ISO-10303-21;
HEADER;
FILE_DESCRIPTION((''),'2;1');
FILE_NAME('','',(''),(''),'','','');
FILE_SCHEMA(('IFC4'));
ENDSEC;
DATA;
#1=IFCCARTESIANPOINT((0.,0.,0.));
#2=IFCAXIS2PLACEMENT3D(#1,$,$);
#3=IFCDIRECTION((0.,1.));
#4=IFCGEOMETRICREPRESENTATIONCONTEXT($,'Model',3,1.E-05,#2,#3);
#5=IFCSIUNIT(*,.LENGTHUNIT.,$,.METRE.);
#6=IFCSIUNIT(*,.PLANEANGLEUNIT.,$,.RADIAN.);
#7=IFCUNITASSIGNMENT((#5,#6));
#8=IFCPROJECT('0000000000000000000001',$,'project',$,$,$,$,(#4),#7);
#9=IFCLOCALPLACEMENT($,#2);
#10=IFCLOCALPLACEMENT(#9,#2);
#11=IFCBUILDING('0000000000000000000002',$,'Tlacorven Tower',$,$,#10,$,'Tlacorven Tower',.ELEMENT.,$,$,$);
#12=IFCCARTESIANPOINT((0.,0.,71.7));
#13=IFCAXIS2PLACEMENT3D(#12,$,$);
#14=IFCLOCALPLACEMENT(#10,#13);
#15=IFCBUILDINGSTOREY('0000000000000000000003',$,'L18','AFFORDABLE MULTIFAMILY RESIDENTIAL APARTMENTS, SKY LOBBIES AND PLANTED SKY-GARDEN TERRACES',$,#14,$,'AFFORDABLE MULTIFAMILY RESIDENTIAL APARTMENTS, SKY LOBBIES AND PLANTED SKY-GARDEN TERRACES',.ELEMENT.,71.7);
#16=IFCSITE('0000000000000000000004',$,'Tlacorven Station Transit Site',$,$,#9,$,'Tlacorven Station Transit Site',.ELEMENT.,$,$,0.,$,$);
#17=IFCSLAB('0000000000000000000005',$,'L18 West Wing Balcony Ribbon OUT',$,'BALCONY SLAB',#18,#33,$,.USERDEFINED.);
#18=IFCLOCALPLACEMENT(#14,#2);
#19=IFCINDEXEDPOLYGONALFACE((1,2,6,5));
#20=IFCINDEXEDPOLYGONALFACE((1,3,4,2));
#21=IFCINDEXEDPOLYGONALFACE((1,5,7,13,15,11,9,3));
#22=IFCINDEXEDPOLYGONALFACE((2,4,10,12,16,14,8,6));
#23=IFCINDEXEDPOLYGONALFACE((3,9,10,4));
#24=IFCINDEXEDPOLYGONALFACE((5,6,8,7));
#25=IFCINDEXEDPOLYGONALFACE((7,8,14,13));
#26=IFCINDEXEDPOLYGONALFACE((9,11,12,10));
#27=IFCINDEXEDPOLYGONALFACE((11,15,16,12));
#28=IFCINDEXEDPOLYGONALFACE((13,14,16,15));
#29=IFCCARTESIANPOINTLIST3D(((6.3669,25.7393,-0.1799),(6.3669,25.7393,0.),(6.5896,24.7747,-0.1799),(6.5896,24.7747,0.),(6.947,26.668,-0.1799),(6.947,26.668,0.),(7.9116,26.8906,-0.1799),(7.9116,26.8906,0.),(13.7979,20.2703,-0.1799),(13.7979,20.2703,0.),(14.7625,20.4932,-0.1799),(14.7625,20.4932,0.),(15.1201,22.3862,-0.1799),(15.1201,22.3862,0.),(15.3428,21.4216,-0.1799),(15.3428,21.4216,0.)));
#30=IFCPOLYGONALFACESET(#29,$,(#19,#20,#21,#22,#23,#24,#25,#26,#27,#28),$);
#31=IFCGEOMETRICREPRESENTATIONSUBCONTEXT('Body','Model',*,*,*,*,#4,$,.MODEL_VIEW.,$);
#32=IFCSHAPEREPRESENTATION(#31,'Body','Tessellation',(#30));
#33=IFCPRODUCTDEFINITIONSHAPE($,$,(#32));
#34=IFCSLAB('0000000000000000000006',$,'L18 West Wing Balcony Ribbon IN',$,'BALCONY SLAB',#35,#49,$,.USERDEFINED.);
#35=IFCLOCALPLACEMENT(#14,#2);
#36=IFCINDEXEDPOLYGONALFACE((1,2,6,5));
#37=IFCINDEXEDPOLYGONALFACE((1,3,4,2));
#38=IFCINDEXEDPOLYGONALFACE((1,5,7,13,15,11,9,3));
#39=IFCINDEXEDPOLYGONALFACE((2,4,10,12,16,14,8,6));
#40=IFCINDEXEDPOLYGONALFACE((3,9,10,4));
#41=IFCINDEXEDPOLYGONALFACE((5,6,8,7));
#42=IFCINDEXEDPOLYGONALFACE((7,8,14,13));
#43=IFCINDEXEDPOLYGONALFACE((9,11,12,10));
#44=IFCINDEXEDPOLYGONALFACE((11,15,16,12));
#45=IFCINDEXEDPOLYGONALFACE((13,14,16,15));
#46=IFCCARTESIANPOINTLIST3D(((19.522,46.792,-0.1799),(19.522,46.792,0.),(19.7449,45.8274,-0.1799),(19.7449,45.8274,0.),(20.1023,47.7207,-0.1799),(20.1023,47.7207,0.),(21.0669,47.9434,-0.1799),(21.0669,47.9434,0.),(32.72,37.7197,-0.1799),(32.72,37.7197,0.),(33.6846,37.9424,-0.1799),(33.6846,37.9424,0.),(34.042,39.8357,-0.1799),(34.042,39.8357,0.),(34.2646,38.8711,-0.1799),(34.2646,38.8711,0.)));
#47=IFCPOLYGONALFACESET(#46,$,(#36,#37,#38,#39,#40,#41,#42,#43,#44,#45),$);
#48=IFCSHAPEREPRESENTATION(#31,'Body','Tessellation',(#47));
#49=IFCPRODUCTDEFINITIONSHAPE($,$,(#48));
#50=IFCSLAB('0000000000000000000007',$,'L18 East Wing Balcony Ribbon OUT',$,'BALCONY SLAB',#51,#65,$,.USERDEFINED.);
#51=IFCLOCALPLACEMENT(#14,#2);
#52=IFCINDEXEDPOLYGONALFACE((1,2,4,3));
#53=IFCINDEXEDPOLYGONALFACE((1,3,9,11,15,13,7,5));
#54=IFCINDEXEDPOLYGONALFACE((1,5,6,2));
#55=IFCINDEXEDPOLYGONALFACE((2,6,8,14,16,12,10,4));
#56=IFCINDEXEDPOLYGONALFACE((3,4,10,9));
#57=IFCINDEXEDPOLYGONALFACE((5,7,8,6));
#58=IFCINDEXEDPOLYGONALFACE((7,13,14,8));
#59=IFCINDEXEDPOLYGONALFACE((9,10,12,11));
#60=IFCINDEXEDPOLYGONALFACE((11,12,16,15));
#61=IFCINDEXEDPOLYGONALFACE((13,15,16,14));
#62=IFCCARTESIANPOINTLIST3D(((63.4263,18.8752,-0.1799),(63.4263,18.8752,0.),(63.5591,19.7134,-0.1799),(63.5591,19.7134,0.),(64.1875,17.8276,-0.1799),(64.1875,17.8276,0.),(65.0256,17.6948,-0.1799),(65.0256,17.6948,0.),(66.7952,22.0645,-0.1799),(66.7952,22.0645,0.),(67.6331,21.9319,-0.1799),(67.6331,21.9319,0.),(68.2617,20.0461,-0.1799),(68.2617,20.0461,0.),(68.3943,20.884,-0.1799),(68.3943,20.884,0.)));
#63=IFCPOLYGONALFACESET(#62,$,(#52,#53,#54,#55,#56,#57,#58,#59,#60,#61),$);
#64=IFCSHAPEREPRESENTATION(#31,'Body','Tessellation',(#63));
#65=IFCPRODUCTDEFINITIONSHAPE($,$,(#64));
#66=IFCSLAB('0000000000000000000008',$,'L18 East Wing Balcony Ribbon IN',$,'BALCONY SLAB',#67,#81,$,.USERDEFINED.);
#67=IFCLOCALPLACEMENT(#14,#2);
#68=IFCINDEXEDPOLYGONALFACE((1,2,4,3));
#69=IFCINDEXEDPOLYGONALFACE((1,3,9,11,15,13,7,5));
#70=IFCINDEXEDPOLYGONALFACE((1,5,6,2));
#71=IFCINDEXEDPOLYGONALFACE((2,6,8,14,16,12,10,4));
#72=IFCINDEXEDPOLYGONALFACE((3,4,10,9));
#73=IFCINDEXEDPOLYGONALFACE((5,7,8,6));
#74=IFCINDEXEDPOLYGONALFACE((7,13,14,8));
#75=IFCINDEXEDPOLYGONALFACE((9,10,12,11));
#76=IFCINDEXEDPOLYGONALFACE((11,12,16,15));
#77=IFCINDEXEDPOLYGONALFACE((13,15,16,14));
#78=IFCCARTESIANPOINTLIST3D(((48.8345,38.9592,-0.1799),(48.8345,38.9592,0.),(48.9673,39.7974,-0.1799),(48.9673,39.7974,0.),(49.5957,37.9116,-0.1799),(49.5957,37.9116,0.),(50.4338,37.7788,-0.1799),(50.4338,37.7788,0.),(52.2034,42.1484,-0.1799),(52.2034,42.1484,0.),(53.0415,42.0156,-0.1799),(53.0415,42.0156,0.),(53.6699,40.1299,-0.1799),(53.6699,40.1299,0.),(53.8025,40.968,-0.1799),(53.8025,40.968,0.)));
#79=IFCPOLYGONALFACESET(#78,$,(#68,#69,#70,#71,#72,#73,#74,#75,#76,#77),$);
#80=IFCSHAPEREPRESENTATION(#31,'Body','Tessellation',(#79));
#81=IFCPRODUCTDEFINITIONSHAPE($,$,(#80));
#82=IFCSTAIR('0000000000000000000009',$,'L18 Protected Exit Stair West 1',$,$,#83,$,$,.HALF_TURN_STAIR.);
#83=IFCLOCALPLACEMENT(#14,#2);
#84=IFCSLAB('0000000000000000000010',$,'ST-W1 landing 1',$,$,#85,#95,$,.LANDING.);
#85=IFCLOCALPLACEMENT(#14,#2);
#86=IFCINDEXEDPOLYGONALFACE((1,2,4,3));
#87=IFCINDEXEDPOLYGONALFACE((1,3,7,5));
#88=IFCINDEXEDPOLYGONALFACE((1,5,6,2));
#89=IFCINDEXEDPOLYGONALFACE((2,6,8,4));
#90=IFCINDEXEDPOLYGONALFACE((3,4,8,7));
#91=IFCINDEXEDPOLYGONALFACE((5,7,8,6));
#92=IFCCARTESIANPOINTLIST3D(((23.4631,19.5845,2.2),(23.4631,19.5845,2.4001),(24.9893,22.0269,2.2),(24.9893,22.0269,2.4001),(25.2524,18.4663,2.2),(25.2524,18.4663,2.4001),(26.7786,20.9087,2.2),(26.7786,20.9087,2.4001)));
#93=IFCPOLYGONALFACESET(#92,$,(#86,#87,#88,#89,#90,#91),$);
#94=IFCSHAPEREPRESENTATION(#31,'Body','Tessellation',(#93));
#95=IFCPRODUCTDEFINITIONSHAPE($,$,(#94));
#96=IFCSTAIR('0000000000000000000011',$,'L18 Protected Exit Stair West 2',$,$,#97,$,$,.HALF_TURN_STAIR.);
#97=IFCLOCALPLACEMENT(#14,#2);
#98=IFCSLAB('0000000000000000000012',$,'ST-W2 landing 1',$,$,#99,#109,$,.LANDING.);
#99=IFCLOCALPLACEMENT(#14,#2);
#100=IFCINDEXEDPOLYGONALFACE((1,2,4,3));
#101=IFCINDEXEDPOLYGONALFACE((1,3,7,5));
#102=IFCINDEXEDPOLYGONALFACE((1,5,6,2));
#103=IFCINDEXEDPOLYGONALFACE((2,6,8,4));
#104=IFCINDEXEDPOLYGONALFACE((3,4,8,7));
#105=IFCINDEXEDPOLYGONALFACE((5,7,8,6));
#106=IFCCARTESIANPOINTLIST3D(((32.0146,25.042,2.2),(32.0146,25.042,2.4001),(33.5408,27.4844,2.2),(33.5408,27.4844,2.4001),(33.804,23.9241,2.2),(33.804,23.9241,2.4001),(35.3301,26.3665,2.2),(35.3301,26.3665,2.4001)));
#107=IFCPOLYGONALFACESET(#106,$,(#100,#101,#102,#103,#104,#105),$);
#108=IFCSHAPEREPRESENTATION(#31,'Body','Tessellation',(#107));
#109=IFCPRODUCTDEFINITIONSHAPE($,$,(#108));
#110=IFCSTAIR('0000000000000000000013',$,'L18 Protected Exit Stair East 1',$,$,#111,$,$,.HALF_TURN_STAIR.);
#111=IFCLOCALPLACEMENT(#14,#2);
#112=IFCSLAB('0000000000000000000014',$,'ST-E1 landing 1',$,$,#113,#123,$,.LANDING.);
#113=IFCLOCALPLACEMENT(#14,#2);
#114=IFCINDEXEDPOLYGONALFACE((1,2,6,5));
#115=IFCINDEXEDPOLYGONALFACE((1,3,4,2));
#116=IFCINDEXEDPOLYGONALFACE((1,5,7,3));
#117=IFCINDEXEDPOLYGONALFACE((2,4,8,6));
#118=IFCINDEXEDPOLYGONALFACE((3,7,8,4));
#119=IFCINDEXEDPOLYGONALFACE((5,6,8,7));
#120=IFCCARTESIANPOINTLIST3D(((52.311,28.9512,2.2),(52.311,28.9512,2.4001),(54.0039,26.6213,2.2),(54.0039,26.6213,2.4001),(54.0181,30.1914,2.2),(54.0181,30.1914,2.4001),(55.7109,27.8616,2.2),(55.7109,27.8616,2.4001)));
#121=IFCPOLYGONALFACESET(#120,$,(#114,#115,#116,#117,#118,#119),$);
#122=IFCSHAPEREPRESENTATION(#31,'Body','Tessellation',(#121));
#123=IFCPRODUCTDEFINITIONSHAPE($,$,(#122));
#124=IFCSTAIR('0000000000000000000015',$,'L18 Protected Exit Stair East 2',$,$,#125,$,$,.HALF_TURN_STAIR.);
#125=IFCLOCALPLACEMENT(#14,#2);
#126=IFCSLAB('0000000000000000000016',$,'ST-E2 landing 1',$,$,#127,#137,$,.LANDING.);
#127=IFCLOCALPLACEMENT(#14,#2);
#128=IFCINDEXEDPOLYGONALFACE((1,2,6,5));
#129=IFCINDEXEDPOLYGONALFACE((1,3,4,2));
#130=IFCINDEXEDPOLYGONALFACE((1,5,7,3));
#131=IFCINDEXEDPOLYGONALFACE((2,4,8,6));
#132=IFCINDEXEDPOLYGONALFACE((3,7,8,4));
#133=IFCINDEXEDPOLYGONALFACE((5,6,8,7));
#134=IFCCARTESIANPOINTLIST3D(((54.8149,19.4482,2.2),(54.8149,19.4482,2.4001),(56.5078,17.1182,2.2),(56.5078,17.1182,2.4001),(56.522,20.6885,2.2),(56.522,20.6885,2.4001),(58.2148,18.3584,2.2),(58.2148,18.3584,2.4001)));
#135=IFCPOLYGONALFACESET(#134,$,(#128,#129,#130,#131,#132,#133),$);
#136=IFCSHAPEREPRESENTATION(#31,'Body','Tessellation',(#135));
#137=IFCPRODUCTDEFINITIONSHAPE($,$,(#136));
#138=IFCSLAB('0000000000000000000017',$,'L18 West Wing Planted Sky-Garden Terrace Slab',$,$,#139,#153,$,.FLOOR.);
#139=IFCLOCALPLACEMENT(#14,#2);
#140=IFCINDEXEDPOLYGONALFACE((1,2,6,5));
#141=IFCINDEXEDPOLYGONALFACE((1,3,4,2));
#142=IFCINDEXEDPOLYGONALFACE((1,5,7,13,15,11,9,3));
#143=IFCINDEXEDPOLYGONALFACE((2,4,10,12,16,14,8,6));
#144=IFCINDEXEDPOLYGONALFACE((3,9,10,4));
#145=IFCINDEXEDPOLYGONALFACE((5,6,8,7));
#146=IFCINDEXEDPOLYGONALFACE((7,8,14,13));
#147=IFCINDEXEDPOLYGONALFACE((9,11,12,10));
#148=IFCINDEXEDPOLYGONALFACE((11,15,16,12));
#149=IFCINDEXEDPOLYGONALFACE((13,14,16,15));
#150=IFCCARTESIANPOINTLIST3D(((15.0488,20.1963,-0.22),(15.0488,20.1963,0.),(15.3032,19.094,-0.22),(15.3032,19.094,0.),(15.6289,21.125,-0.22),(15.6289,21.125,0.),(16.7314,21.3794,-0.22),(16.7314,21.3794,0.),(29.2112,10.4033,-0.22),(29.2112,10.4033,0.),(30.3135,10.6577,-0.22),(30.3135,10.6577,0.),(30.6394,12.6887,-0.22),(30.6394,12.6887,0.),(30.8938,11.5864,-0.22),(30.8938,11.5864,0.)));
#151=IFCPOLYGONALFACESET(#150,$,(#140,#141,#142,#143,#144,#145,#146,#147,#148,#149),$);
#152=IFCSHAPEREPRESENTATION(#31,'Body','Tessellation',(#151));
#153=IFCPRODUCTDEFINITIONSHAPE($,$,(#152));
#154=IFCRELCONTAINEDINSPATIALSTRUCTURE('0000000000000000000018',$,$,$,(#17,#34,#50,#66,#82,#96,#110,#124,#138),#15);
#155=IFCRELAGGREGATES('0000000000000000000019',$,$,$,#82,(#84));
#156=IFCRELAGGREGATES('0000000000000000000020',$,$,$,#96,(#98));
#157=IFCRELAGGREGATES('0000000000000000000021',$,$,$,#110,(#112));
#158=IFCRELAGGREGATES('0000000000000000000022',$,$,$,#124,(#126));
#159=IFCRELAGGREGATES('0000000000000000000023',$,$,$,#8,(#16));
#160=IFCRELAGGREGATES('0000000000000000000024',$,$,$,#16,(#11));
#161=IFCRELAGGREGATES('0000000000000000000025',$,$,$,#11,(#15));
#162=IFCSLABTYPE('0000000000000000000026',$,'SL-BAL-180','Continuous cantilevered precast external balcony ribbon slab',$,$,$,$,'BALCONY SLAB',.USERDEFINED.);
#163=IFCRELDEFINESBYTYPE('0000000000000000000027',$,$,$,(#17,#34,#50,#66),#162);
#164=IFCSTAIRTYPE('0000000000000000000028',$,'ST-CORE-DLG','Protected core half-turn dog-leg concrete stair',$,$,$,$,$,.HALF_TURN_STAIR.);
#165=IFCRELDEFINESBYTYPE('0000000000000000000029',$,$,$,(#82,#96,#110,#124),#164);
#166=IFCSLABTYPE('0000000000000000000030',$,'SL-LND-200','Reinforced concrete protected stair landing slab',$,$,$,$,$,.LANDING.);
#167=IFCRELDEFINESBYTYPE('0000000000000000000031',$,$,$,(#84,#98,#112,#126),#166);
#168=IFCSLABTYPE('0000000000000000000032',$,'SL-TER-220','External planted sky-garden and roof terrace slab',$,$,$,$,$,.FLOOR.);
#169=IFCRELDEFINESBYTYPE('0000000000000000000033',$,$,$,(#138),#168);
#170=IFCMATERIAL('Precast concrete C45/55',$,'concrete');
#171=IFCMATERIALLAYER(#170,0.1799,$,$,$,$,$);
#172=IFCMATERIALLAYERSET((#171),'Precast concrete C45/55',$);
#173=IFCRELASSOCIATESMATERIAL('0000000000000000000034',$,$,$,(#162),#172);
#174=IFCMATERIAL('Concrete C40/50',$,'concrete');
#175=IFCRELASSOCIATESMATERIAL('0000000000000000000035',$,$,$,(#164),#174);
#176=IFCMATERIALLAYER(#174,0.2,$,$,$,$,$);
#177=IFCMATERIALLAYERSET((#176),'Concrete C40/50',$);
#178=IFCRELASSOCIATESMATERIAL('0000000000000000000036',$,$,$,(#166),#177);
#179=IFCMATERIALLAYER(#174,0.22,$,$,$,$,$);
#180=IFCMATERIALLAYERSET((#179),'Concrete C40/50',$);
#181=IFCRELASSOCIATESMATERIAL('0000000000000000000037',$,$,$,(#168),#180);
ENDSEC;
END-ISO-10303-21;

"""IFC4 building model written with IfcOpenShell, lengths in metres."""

from ifc_helpers import new_model, si_unit, direction, frame, origin, place, context, subcontext, project, spatial, polyline, outline, extrude, material, layer, layer_set, type_object, element, aggregate, save


model = new_model("IFC4")

# Units and contexts
model_context = context("Model", 3, precision=1e-05, world=origin(), true_north=direction((0.0, 1.0)))
body_context = subcontext(model_context, "Body", "Model", "MODEL_VIEW")
ifc_project = project(units=[si_unit("LENGTHUNIT", "METRE"), si_unit("PLANEANGLEUNIT", "RADIAN")], contexts=[model_context])

# Site, building, storey
site_placement = place(None, origin())
site = spatial("IfcSite", under=ifc_project, at=site_placement, Name="Tlacorven Station Transit Site", LongName="Tlacorven Station Transit Site", CompositionType="ELEMENT", RefElevation=0.0)
building_placement = place(site_placement, origin())
building = spatial("IfcBuilding", under=site, at=building_placement, Name="Tlacorven Tower", LongName="Tlacorven Tower", CompositionType="ELEMENT")
storey_placement = place(building_placement, frame((0.0, 0.0, 71.7)))
storey = spatial("IfcBuildingStorey", under=building, at=storey_placement, Name="L18", Description="AFFORDABLE MULTIFAMILY RESIDENTIAL APARTMENTS, SKY LOBBIES AND PLANTED SKY-GARDEN TERRACES", LongName="AFFORDABLE MULTIFAMILY RESIDENTIAL APARTMENTS, SKY LOBBIES AND PLANTED SKY-GARDEN TERRACES", CompositionType="ELEMENT", Elevation=71.7)

# Slabs
ifc_material_1 = material(Name="Precast concrete C45/55", Category="concrete")
ifc_layer_1 = layer(ifc_material_1, 0.1799)
ifc_layer_set_1 = layer_set([ifc_layer_1], Name="Precast concrete C45/55")
slab_type_1 = type_object("IfcSlabType", Name="SL-BAL-180", Description="Continuous cantilevered precast external balcony ribbon slab", ElementType="BALCONY SLAB", PredefinedType="USERDEFINED", material=ifc_layer_set_1)
slab_1_placement = place(storey_placement, frame((0.0, 0.0, -0.1799)))
element("IfcSlab", 1, at=slab_1_placement, inside=storey, type_object=slab_type_1, Name="L18 West Wing Balcony Ribbon OUT", ObjectType="BALCONY SLAB", PredefinedType="USERDEFINED", context=body_context, shape_type="SweptSolid", body=[
    extrude(outline(polyline([(15.1201, 22.3862), (7.9116, 26.8906), (6.947, 26.668), (6.3669, 25.7393), (6.5896, 24.7747), (13.7979, 20.2703), (14.7625, 20.4932), (15.3428, 21.4216), (15.1201, 22.3862)])), origin(), (0.0, 0.0, 1.0), 0.1799),
])
slab_2_placement = place(storey_placement, frame((0.0, 0.0, -0.1799)))
element("IfcSlab", 2, at=slab_2_placement, inside=storey, type_object=slab_type_1, Name="L18 West Wing Balcony Ribbon IN", ObjectType="BALCONY SLAB", PredefinedType="USERDEFINED", context=body_context, shape_type="SweptSolid", body=[
    extrude(outline(polyline([(34.042, 39.8357), (21.0669, 47.9434), (20.1023, 47.7207), (19.522, 46.792), (19.7449, 45.8274), (32.72, 37.7197), (33.6846, 37.9424), (34.2646, 38.8711), (34.042, 39.8357)])), origin(), (0.0, 0.0, 1.0), 0.1799),
])
slab_3_placement = place(storey_placement, frame((0.0, 0.0, -0.1799)))
element("IfcSlab", 3, at=slab_3_placement, inside=storey, type_object=slab_type_1, Name="L18 East Wing Balcony Ribbon OUT", ObjectType="BALCONY SLAB", PredefinedType="USERDEFINED", context=body_context, shape_type="SweptSolid", body=[
    extrude(outline(polyline([(65.0256, 17.6948), (68.2617, 20.0461), (68.3943, 20.884), (67.6331, 21.9319), (66.7952, 22.0645), (63.5591, 19.7134), (63.4263, 18.8752), (64.1875, 17.8276), (65.0256, 17.6948)])), origin(), (0.0, 0.0, 1.0), 0.1799),
])
slab_4_placement = place(storey_placement, frame((0.0, 0.0, -0.1799)))
element("IfcSlab", 4, at=slab_4_placement, inside=storey, type_object=slab_type_1, Name="L18 East Wing Balcony Ribbon IN", ObjectType="BALCONY SLAB", PredefinedType="USERDEFINED", context=body_context, shape_type="SweptSolid", body=[
    extrude(outline(polyline([(50.4338, 37.7788), (53.6699, 40.1299), (53.8025, 40.968), (53.0415, 42.0156), (52.2034, 42.1484), (48.9673, 39.7974), (48.8345, 38.9592), (49.5957, 37.9116), (50.4338, 37.7788)])), origin(), (0.0, 0.0, 1.0), 0.1799),
])

# Stairs, slabs
ifc_material_2 = material(Name="Concrete C40/50", Category="concrete")
stair_type = type_object("IfcStairType", Name="ST-CORE-DLG", Description="Protected core half-turn dog-leg concrete stair", PredefinedType="HALF_TURN_STAIR", material=ifc_material_2)
stair_1_placement = place(storey_placement, origin())
stair_1 = element("IfcStair", 5, at=stair_1_placement, inside=storey, type_object=stair_type, Name="L18 Protected Exit Stair West 1", PredefinedType="HALF_TURN_STAIR")
ifc_layer_2 = layer(ifc_material_2, 0.2)
ifc_layer_set_2 = layer_set([ifc_layer_2], Name="Concrete C40/50")
slab_type_2 = type_object("IfcSlabType", Name="SL-LND-200", Description="Reinforced concrete protected stair landing slab", PredefinedType="LANDING", material=ifc_layer_set_2)
slab_5_placement = place(storey_placement, frame((0.0, 0.0, 2.2)))
slab_5 = element("IfcSlab", 6, at=slab_5_placement, type_object=slab_type_2, Name="ST-W1 landing 1", PredefinedType="LANDING", context=body_context, shape_type="SweptSolid", body=[
    extrude(outline(polyline([(26.7786, 20.9087), (24.9893, 22.0269), (23.4631, 19.5845), (25.2524, 18.4663), (26.7786, 20.9087)])), origin(), (0.0, 0.0, 1.0), 0.2002),
])
aggregate(stair_1, [slab_5])
stair_2_placement = place(storey_placement, origin())
stair_2 = element("IfcStair", 7, at=stair_2_placement, inside=storey, type_object=stair_type, Name="L18 Protected Exit Stair West 2", PredefinedType="HALF_TURN_STAIR")
slab_6_placement = place(storey_placement, frame((0.0, 0.0, 2.2)))
slab_6 = element("IfcSlab", 8, at=slab_6_placement, type_object=slab_type_2, Name="ST-W2 landing 1", PredefinedType="LANDING", context=body_context, shape_type="SweptSolid", body=[
    extrude(outline(polyline([(35.3301, 26.3665), (33.5408, 27.4844), (32.0146, 25.042), (33.804, 23.9241), (35.3301, 26.3665)])), origin(), (0.0, 0.0, 1.0), 0.2002),
])
aggregate(stair_2, [slab_6])
stair_3_placement = place(storey_placement, origin())
stair_3 = element("IfcStair", 9, at=stair_3_placement, inside=storey, type_object=stair_type, Name="L18 Protected Exit Stair East 1", PredefinedType="HALF_TURN_STAIR")
slab_7_placement = place(storey_placement, frame((0.0, 0.0, 2.2)))
slab_7 = element("IfcSlab", 10, at=slab_7_placement, type_object=slab_type_2, Name="ST-E1 landing 1", PredefinedType="LANDING", context=body_context, shape_type="SweptSolid", body=[
    extrude(outline(polyline([(54.0039, 26.6213), (55.7109, 27.8616), (54.0181, 30.1914), (52.311, 28.9512), (54.0039, 26.6213)])), origin(), (0.0, 0.0, 1.0), 0.2002),
])
aggregate(stair_3, [slab_7])
stair_4_placement = place(storey_placement, origin())
stair_4 = element("IfcStair", 11, at=stair_4_placement, inside=storey, type_object=stair_type, Name="L18 Protected Exit Stair East 2", PredefinedType="HALF_TURN_STAIR")
slab_8_placement = place(storey_placement, frame((0.0, 0.0, 2.2)))
slab_8 = element("IfcSlab", 12, at=slab_8_placement, type_object=slab_type_2, Name="ST-E2 landing 1", PredefinedType="LANDING", context=body_context, shape_type="SweptSolid", body=[
    extrude(outline(polyline([(56.5078, 17.1182), (58.2148, 18.3584), (56.522, 20.6885), (54.8149, 19.4482), (56.5078, 17.1182)])), origin(), (0.0, 0.0, 1.0), 0.2002),
])
aggregate(stair_4, [slab_8])

# Slab
ifc_layer_3 = layer(ifc_material_2, 0.22)
ifc_layer_set_3 = layer_set([ifc_layer_3], Name="Concrete C40/50")
slab_type_3 = type_object("IfcSlabType", Name="SL-TER-220", Description="External planted sky-garden and roof terrace slab", PredefinedType="FLOOR", material=ifc_layer_set_3)
slab_9_placement = place(storey_placement, frame((0.0, 0.0, -0.22)))
element("IfcSlab", 13, at=slab_9_placement, inside=storey, type_object=slab_type_3, Name="L18 West Wing Planted Sky-Garden Terrace Slab", PredefinedType="FLOOR", context=body_context, shape_type="SweptSolid", body=[
    extrude(outline(polyline([(30.6394, 12.6887), (16.7314, 21.3794), (15.6289, 21.125), (15.0488, 20.1963), (15.3032, 19.094), (29.2112, 10.4033), (30.3135, 10.6577), (30.8938, 11.5864), (30.6394, 12.6887)])), origin(), (0.0, 0.0, 1.0), 0.22),
])

save(model, "model.ifc")
